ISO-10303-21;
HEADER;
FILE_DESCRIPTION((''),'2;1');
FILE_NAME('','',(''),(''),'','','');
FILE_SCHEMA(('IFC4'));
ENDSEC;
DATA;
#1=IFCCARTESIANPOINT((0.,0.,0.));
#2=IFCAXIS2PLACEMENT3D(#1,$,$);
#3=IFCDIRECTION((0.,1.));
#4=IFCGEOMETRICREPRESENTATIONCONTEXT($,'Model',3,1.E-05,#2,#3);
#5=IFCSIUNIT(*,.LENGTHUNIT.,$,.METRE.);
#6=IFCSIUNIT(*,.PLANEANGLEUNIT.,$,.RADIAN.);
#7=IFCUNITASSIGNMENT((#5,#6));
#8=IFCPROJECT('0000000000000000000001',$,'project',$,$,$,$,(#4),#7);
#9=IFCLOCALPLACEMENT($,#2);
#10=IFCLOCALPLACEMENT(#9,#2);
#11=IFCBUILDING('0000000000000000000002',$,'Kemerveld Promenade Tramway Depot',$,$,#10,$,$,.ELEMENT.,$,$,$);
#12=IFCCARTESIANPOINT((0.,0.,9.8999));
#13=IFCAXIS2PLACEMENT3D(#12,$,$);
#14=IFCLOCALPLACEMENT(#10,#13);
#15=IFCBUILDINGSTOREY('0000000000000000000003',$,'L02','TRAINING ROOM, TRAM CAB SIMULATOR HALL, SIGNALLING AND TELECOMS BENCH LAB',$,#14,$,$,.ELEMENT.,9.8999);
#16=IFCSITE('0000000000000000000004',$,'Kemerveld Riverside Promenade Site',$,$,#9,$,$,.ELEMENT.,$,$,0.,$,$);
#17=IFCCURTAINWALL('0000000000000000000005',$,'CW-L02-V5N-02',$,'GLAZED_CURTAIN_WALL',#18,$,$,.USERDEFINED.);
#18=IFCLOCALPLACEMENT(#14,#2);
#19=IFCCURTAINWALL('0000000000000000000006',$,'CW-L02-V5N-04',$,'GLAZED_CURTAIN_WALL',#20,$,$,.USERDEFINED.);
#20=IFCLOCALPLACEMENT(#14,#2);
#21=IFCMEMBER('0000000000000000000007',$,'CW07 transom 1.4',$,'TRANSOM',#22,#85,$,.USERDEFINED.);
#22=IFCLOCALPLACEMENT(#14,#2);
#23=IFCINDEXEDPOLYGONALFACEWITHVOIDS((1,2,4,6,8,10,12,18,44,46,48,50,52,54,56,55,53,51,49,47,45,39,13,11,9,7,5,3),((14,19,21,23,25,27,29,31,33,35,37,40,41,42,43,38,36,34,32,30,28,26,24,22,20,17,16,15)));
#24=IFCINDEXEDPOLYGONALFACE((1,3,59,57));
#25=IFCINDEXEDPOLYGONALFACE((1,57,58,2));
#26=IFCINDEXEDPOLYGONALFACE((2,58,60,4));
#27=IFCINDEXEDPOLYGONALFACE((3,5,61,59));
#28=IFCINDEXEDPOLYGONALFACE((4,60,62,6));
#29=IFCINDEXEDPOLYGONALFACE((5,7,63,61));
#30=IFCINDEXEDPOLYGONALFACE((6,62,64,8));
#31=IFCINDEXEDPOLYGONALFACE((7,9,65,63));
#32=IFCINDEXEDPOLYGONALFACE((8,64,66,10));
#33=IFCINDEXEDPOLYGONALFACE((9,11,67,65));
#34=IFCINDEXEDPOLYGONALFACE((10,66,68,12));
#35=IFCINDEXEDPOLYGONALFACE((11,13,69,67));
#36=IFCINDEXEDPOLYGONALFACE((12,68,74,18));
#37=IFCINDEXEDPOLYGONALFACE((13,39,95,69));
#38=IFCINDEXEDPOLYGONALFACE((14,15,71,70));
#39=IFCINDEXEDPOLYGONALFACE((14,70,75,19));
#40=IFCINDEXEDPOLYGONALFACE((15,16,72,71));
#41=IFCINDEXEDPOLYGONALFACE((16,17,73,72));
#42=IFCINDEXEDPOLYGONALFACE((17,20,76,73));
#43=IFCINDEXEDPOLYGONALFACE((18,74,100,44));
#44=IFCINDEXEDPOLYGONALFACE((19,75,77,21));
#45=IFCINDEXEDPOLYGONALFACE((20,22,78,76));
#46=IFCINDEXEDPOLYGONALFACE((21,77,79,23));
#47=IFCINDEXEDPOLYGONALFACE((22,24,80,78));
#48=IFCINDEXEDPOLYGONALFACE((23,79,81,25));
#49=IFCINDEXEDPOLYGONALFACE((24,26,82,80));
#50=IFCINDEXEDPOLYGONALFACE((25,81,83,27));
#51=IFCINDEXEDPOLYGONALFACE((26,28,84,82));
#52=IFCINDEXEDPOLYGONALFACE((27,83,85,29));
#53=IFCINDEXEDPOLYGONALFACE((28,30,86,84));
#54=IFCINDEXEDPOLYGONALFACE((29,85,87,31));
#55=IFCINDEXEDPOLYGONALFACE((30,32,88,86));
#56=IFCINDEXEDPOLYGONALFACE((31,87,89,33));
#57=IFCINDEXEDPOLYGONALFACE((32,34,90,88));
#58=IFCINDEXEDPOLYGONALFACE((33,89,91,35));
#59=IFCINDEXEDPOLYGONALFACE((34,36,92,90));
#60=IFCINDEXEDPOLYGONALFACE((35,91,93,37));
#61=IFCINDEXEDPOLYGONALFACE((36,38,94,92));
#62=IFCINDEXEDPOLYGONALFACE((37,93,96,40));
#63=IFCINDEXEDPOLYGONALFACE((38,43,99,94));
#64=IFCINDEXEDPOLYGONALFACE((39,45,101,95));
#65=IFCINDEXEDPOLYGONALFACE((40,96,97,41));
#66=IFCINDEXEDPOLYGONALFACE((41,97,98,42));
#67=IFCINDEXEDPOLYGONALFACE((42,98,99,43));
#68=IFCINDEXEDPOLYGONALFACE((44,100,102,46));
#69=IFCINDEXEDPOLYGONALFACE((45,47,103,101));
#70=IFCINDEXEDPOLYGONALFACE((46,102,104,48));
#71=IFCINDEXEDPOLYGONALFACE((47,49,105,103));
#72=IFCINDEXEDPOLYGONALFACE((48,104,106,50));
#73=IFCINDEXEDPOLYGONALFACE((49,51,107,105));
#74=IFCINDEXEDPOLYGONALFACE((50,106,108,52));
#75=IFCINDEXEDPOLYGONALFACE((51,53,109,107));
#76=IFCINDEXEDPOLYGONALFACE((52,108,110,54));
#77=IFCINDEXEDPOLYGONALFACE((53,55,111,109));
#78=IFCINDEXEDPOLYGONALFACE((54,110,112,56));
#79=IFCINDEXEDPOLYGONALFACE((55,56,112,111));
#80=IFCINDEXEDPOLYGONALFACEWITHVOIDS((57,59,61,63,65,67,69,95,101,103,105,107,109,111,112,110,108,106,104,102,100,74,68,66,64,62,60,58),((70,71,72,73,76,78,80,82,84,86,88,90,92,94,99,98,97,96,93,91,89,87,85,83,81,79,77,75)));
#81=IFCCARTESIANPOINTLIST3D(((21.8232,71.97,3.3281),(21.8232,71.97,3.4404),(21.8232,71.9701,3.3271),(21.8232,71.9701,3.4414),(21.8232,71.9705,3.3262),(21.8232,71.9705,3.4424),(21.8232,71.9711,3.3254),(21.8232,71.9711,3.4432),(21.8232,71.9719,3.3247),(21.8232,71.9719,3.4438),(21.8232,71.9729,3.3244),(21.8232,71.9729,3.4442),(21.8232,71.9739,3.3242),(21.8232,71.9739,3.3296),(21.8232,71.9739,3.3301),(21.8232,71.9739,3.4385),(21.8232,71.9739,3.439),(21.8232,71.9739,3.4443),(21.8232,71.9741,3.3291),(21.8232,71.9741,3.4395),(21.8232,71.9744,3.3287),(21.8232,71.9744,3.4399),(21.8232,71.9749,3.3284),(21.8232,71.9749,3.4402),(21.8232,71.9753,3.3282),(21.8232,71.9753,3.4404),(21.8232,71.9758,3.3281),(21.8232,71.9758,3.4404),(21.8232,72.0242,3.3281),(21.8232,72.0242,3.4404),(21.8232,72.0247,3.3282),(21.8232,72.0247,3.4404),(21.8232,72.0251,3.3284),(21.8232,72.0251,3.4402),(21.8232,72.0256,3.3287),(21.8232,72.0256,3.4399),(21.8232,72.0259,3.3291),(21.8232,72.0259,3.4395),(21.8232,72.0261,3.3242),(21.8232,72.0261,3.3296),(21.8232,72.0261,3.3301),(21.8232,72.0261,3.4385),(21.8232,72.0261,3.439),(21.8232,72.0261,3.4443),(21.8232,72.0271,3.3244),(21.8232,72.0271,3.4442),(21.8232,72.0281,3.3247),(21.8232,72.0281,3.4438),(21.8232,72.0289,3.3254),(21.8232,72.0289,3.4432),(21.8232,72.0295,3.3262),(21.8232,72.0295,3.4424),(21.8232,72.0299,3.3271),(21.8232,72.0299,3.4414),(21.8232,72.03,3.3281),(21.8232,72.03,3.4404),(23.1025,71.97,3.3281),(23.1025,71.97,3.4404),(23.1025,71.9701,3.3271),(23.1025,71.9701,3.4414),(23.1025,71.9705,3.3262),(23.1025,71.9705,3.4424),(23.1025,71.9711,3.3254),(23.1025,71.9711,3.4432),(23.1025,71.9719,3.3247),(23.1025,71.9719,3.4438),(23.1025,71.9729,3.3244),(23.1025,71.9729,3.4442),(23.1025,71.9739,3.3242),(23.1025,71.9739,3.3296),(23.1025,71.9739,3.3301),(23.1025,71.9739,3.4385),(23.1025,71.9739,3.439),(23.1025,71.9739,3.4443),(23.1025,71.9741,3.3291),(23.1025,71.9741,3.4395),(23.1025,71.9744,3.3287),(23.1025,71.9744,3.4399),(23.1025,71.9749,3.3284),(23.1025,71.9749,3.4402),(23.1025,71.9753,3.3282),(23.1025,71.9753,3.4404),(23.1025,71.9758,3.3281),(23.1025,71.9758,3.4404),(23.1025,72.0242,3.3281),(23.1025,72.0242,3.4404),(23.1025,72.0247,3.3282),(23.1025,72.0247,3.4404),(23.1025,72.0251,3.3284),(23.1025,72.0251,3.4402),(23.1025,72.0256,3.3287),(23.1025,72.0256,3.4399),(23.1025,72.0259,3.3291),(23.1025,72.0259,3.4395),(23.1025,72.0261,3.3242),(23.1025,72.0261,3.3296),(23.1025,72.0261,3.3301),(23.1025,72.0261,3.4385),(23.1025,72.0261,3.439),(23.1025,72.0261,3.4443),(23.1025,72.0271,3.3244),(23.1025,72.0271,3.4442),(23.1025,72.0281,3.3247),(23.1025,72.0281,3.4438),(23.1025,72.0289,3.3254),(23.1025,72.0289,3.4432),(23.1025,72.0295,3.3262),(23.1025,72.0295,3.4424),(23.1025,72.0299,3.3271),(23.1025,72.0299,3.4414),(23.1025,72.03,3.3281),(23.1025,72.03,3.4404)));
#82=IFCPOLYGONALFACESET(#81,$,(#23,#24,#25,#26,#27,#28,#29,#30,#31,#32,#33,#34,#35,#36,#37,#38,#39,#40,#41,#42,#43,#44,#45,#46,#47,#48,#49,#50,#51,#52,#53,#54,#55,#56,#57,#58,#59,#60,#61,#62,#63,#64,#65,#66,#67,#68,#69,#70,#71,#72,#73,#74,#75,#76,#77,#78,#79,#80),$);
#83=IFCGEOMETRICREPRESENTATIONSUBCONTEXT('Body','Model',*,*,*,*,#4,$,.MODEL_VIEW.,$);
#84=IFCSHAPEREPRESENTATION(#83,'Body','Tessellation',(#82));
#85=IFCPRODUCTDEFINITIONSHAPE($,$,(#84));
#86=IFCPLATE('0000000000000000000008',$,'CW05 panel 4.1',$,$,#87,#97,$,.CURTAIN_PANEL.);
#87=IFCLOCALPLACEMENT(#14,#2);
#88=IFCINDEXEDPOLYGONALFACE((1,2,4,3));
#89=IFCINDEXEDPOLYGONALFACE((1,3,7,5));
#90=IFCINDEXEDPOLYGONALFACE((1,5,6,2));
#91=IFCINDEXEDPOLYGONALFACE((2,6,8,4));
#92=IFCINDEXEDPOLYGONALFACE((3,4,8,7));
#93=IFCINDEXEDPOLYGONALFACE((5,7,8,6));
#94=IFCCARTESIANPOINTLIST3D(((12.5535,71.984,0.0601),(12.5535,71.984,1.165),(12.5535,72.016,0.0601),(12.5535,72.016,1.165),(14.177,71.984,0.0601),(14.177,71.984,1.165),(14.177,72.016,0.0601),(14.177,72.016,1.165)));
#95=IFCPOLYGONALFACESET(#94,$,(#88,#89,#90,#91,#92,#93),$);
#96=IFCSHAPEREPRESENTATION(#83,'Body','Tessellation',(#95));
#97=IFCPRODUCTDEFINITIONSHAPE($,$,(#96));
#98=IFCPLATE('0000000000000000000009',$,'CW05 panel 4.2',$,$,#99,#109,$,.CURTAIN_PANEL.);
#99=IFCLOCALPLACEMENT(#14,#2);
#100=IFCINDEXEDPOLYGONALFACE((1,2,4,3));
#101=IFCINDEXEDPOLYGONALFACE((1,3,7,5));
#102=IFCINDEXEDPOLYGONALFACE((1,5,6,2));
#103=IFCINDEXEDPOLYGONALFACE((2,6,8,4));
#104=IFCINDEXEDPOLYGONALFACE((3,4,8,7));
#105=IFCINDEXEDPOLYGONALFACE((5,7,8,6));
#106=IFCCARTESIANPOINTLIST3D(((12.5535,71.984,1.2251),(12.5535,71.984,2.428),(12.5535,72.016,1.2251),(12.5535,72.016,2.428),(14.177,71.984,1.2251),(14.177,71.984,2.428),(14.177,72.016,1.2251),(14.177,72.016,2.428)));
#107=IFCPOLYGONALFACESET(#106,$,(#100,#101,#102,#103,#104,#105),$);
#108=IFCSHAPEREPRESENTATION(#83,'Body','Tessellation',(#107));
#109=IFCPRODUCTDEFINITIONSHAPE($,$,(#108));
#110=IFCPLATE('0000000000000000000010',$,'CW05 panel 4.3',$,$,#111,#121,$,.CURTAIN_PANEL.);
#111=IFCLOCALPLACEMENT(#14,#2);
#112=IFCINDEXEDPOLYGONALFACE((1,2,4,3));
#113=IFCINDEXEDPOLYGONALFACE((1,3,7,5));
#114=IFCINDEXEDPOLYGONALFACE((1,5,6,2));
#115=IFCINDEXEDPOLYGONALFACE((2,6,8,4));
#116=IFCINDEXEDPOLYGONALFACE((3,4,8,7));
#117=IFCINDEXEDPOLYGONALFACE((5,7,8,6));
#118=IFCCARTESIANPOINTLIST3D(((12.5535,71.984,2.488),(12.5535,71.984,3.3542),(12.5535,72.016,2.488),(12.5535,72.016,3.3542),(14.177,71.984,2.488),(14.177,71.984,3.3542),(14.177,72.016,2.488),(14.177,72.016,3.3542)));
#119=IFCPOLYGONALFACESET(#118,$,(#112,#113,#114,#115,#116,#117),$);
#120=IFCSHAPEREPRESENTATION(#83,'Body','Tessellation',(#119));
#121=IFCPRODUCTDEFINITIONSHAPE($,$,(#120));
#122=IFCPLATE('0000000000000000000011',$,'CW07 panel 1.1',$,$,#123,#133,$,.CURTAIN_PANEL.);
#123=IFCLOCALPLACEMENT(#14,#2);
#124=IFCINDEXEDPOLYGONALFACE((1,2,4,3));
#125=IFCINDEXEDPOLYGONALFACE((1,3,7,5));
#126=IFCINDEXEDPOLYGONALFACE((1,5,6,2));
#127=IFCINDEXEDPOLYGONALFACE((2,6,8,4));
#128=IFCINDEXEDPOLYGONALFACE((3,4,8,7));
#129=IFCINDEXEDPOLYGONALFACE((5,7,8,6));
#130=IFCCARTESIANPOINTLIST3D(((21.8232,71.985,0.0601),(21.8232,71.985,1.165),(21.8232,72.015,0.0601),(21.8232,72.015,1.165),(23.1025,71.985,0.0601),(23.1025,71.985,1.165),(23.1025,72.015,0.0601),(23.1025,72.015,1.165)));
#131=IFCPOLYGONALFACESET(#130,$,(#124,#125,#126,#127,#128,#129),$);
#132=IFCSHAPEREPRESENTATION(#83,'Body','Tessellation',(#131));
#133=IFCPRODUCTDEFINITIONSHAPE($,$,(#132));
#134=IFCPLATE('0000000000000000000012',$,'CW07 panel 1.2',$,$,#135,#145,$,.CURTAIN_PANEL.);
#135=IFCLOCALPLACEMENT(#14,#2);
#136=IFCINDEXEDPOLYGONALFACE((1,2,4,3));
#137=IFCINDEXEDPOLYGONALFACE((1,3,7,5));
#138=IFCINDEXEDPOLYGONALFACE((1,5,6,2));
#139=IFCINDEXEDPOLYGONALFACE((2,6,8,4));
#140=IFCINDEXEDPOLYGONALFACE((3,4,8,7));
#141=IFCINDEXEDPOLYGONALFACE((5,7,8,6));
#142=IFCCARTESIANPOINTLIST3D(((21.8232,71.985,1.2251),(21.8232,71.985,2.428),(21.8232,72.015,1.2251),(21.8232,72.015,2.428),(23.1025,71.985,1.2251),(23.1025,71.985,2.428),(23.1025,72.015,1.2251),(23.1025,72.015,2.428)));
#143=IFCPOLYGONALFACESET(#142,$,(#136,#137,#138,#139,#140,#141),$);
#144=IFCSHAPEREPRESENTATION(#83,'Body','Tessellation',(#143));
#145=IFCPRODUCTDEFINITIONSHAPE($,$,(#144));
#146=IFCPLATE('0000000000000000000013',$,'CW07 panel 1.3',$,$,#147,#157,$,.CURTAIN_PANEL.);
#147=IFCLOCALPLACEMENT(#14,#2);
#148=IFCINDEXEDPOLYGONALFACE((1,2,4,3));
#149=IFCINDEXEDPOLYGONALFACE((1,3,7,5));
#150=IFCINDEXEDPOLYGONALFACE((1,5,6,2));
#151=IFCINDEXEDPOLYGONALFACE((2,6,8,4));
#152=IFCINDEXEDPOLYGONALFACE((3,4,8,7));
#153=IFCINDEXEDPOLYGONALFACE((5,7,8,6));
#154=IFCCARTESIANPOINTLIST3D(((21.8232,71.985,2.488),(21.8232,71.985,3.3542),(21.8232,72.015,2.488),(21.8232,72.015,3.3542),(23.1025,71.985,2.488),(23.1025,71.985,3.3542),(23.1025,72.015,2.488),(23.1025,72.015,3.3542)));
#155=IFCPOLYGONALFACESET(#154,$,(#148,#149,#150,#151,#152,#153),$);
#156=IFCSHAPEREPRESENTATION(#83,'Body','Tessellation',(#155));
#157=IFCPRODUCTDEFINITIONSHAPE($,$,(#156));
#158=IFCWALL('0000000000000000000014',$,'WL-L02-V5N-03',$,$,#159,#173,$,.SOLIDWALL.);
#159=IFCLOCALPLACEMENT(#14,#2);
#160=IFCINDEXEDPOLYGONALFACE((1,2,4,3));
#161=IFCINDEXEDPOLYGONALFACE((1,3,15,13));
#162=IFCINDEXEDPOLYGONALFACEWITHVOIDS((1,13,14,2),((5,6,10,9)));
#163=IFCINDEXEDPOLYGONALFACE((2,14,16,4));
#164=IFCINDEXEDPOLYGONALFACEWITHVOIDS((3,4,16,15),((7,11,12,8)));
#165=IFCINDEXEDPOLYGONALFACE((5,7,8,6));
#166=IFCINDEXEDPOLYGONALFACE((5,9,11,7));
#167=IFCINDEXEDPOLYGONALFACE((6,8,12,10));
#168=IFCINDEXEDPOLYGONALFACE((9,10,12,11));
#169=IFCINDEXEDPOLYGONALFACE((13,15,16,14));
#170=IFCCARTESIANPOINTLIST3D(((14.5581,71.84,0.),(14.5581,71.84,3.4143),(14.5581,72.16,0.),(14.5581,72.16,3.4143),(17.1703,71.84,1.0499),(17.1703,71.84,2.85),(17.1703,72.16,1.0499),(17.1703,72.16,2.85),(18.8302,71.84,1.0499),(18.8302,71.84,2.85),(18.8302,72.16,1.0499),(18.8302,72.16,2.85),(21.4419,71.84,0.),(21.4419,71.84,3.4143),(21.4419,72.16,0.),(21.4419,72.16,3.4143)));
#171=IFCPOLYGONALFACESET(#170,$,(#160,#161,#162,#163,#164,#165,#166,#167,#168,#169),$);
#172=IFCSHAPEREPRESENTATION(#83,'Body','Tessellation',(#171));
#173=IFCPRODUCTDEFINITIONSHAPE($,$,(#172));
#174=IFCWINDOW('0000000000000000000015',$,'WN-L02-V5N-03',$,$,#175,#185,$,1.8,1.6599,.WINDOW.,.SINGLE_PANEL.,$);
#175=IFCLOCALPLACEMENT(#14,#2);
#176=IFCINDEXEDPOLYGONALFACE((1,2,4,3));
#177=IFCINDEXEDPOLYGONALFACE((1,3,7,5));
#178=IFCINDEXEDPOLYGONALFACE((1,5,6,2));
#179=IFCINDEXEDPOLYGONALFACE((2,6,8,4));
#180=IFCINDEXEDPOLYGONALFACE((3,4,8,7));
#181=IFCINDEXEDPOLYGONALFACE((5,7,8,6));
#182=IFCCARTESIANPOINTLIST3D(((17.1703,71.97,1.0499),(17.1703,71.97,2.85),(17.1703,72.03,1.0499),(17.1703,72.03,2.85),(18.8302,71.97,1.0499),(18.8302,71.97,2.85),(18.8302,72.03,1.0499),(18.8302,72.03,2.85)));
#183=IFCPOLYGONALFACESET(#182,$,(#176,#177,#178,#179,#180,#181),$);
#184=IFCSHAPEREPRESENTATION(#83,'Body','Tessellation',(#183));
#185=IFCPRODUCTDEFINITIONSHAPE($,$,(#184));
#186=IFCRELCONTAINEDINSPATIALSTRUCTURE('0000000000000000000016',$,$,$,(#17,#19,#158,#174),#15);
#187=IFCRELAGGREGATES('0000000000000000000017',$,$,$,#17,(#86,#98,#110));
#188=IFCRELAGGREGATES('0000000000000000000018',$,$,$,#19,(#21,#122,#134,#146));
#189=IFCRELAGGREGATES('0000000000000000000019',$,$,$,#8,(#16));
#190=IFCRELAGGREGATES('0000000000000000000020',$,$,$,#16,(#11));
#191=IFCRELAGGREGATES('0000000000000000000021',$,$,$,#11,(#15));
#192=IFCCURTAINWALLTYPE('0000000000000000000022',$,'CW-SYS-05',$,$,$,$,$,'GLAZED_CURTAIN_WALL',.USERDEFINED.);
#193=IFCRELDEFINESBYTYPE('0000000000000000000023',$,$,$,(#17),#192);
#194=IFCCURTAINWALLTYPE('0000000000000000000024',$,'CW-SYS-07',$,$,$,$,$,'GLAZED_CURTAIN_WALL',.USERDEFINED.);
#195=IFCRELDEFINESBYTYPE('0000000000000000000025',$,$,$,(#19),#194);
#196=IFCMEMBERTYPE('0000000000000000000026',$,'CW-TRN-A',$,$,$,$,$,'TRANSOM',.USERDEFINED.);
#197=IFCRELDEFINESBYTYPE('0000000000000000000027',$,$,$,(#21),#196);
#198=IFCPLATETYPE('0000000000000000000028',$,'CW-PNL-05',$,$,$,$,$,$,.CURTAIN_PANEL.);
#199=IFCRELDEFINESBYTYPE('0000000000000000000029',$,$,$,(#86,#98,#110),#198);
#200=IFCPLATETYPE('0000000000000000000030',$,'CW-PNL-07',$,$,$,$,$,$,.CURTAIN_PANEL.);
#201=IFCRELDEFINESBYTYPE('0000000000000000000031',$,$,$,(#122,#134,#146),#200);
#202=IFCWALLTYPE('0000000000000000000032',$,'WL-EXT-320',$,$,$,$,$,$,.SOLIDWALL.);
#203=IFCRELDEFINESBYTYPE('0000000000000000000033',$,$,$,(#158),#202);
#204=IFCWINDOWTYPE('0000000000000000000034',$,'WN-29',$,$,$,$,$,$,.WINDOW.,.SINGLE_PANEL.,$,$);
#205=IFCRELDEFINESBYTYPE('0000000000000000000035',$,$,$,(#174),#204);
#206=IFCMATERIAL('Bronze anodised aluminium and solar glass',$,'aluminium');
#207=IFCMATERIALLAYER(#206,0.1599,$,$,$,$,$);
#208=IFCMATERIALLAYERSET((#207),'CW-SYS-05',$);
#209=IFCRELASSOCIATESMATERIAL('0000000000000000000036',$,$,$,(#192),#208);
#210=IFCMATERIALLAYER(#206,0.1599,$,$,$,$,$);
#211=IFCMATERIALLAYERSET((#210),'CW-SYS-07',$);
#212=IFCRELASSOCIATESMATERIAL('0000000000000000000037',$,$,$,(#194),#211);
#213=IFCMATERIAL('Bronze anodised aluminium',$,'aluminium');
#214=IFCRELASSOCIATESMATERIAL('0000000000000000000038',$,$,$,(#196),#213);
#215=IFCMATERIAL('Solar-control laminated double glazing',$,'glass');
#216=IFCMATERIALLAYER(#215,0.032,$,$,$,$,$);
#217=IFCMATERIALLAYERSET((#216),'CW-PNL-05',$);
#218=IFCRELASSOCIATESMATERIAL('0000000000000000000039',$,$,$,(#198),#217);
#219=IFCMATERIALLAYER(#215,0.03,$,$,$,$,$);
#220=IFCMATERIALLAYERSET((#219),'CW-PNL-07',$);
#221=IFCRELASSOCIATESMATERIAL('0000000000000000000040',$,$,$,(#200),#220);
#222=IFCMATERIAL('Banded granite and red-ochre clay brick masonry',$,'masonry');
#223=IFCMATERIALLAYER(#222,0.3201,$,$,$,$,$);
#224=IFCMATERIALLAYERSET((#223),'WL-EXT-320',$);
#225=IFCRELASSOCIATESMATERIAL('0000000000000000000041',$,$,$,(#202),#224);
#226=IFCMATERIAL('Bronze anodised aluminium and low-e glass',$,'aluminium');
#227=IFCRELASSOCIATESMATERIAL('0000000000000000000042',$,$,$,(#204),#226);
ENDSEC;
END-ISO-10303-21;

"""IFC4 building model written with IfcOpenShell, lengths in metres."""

from ifc_helpers import new_model, si_unit, direction, frame, frame_2d, origin, origin_2d, place, context, subcontext, project, spatial, rectangle, hollow_rectangle, extrude, material, layer, layer_set, material_profile, profile_set, type_object, element, fill, aggregate, save


model = new_model("IFC4")

# Units and contexts
model_context = context("Model", 3, precision=1e-05, world=origin(), true_north=direction((0.0, 1.0)))
body_context = subcontext(model_context, "Body", "Model", "MODEL_VIEW")
ifc_project = project(units=[si_unit("LENGTHUNIT", "METRE"), si_unit("PLANEANGLEUNIT", "RADIAN")], contexts=[model_context])

# Site, building, storey
site_placement = place(None, origin())
site = spatial("IfcSite", under=ifc_project, at=site_placement, Name="Kemerveld Riverside Promenade Site", CompositionType="ELEMENT", RefElevation=0.0)
building_placement = place(site_placement, origin())
building = spatial("IfcBuilding", under=site, at=building_placement, Name="Kemerveld Promenade Tramway Depot", CompositionType="ELEMENT")
storey_placement = place(building_placement, frame((0.0, 0.0, 9.8999)))
storey = spatial("IfcBuildingStorey", under=building, at=storey_placement, Name="L02", Description="TRAINING ROOM, TRAM CAB SIMULATOR HALL, SIGNALLING AND TELECOMS BENCH LAB", CompositionType="ELEMENT", Elevation=9.8999)

# Curtain walls
ifc_material_1 = material(Name="Bronze anodised aluminium and solar glass", Category="aluminium")
ifc_layer_1 = layer(ifc_material_1, 0.1599)
ifc_layer_set_1 = layer_set([ifc_layer_1], Name="CW-SYS-05")
curtain_wall_type_1 = type_object("IfcCurtainWallType", Name="CW-SYS-05", ElementType="GLAZED_CURTAIN_WALL", PredefinedType="USERDEFINED", material=ifc_layer_set_1)
curtain_wall_1_placement = place(storey_placement, origin())
curtain_wall_1 = element("IfcCurtainWall", 1, at=curtain_wall_1_placement, inside=storey, type_object=curtain_wall_type_1, Name="CW-L02-V5N-02", ObjectType="GLAZED_CURTAIN_WALL", PredefinedType="USERDEFINED")
ifc_material_2 = material(Name="Bronze anodised aluminium", Category="aluminium")
ifc_layer_2 = layer(ifc_material_1, 0.1599)
ifc_layer_set_2 = layer_set([ifc_layer_2], Name="CW-SYS-07")
curtain_wall_type_2 = type_object("IfcCurtainWallType", Name="CW-SYS-07", ElementType="GLAZED_CURTAIN_WALL", PredefinedType="USERDEFINED", material=ifc_layer_set_2)
curtain_wall_2_placement = place(storey_placement, origin())
curtain_wall_2 = element("IfcCurtainWall", 2, at=curtain_wall_2_placement, inside=storey, type_object=curtain_wall_type_2, Name="CW-L02-V5N-04", ObjectType="GLAZED_CURTAIN_WALL", PredefinedType="USERDEFINED")

# Member
ifc_material_profile_1 = material_profile(ifc_material_2, hollow_rectangle(XDim=0.0601, YDim=0.1201, WallThickness=0.0039, InnerFilletRadius=0.002, OuterFilletRadius=0.0039, at=origin_2d()), Name="CW-TRN-120x60")
ifc_profile_set_1 = profile_set([ifc_material_profile_1], Name="Bronze anodised aluminium")
member_type_1 = type_object("IfcMemberType", Name="CW-TRN-A", ElementType="TRANSOM", PredefinedType="USERDEFINED", material=ifc_profile_set_1)
member_1_placement = place(storey_placement, frame((21.8232, 72.0, 3.3843), z_axis=(1.0, 0.0, 0.0), x_axis=(0.0, 1.0, 0.0)))
member_1 = element("IfcMember", 3, at=member_1_placement, type_object=member_type_1, Name="CW07 transom 1.4", ObjectType="TRANSOM", PredefinedType="USERDEFINED", context=body_context, shape_type="SweptSolid", body=[
    extrude(hollow_rectangle(XDim=0.0601, YDim=0.1201, WallThickness=0.0039, InnerFilletRadius=0.002, OuterFilletRadius=0.0039, at=origin_2d()), origin(), (0.0, 0.0, 1.0), 1.2793),
])

# Plates
ifc_material_3 = material(Name="Solar-control laminated double glazing", Category="glass")
ifc_layer_3 = layer(ifc_material_3, 0.032)
ifc_layer_set_3 = layer_set([ifc_layer_3], Name="CW-PNL-05")
plate_type_1 = type_object("IfcPlateType", Name="CW-PNL-05", PredefinedType="CURTAIN_PANEL", material=ifc_layer_set_3)
plate_1_placement = place(storey_placement, frame((13.3652, 72.0, 0.0601), z_axis=(0.0, 0.0, 1.0), x_axis=(1.0, 0.0, 0.0)))
plate_1 = element("IfcPlate", 4, at=plate_1_placement, type_object=plate_type_1, Name="CW05 panel 4.1", PredefinedType="CURTAIN_PANEL", context=body_context, shape_type="SweptSolid", body=[
    extrude(rectangle(XDim=1.6235, YDim=0.032, at=origin_2d()), origin(), (0.0, 0.0, 1.0), 1.105),
])
plate_2_placement = place(storey_placement, frame((13.3652, 72.0, 1.2251), z_axis=(0.0, 0.0, 1.0), x_axis=(1.0, 0.0, 0.0)))
plate_2 = element("IfcPlate", 5, at=plate_2_placement, type_object=plate_type_1, Name="CW05 panel 4.2", PredefinedType="CURTAIN_PANEL", context=body_context, shape_type="SweptSolid", body=[
    extrude(rectangle(XDim=1.6235, YDim=0.032, at=origin_2d()), origin(), (0.0, 0.0, 1.0), 1.2029),
])
plate_3_placement = place(storey_placement, frame((13.3652, 72.0, 2.488), z_axis=(0.0, 0.0, 1.0), x_axis=(1.0, 0.0, 0.0)))
plate_3 = element("IfcPlate", 6, at=plate_3_placement, type_object=plate_type_1, Name="CW05 panel 4.3", PredefinedType="CURTAIN_PANEL", context=body_context, shape_type="SweptSolid", body=[
    extrude(rectangle(XDim=1.6235, YDim=0.032, at=origin_2d()), origin(), (0.0, 0.0, 1.0), 0.8662),
])
aggregate(curtain_wall_1, [plate_1, plate_2, plate_3])
ifc_layer_4 = layer(ifc_material_3, 0.03)
ifc_layer_set_4 = layer_set([ifc_layer_4], Name="CW-PNL-07")
plate_type_2 = type_object("IfcPlateType", Name="CW-PNL-07", PredefinedType="CURTAIN_PANEL", material=ifc_layer_set_4)
plate_4_placement = place(storey_placement, frame((22.4629, 72.0, 0.0601), z_axis=(0.0, 0.0, 1.0), x_axis=(1.0, 0.0, 0.0)))
plate_4 = element("IfcPlate", 7, at=plate_4_placement, type_object=plate_type_2, Name="CW07 panel 1.1", PredefinedType="CURTAIN_PANEL", context=body_context, shape_type="SweptSolid", body=[
    extrude(rectangle(XDim=1.2793, YDim=0.03, at=origin_2d()), origin(), (0.0, 0.0, 1.0), 1.105),
])
plate_5_placement = place(storey_placement, frame((22.4629, 72.0, 1.2251), z_axis=(0.0, 0.0, 1.0), x_axis=(1.0, 0.0, 0.0)))
plate_5 = element("IfcPlate", 8, at=plate_5_placement, type_object=plate_type_2, Name="CW07 panel 1.2", PredefinedType="CURTAIN_PANEL", context=body_context, shape_type="SweptSolid", body=[
    extrude(rectangle(XDim=1.2793, YDim=0.03, at=origin_2d()), origin(), (0.0, 0.0, 1.0), 1.2029),
])
plate_6_placement = place(storey_placement, frame((22.4629, 72.0, 2.488), z_axis=(0.0, 0.0, 1.0), x_axis=(1.0, 0.0, 0.0)))
plate_6 = element("IfcPlate", 9, at=plate_6_placement, type_object=plate_type_2, Name="CW07 panel 1.3", PredefinedType="CURTAIN_PANEL", context=body_context, shape_type="SweptSolid", body=[
    extrude(rectangle(XDim=1.2793, YDim=0.03, at=origin_2d()), origin(), (0.0, 0.0, 1.0), 0.8662),
])
aggregate(curtain_wall_2, [member_1, plate_4, plate_5, plate_6])

# Wall, opening, window
ifc_material_4 = material(Name="Banded granite and red-ochre clay brick masonry", Category="masonry")
ifc_layer_5 = layer(ifc_material_4, 0.3201)
ifc_layer_set_5 = layer_set([ifc_layer_5], Name="WL-EXT-320")
wall_type = type_object("IfcWallType", Name="WL-EXT-320", PredefinedType="SOLIDWALL", material=ifc_layer_set_5)
wall_placement = place(storey_placement, frame((14.5581, 72.0, 0.0), z_axis=(0.0, 0.0, 1.0), x_axis=(1.0, 0.0, 0.0)))
wall = element("IfcWall", 10, at=wall_placement, inside=storey, type_object=wall_type, Name="WL-L02-V5N-03", PredefinedType="SOLIDWALL", context=body_context, shape_type="SweptSolid", body=[
    extrude(rectangle(XDim=6.8838, YDim=0.3201, at=frame_2d((3.4419, 0.0))), origin(), (0.0, 0.0, 1.0), 3.4143),
])
opening_placement = place(wall_placement, frame((2.6121, 0.0, 1.05)))
opening = element("IfcOpeningElement", 11, at=opening_placement, cuts=wall, PredefinedType="OPENING", context=body_context, shape_type="SweptSolid", body=[
    extrude(rectangle(XDim=1.6599, YDim=1.8, at=frame_2d((0.8301, 0.8999))), frame((0.0, 0.1699, 0.0), z_axis=(0.0, -1.0, 0.0), x_axis=(1.0, 0.0, 0.0)), (0.0, 0.0, 1.0), 0.3401),
])
ifc_material_5 = material(Name="Bronze anodised aluminium and low-e glass", Category="aluminium")
window_type = type_object("IfcWindowType", Name="WN-29", PartitioningType="SINGLE_PANEL", PredefinedType="WINDOW", material=ifc_material_5)
window_placement = place(opening_placement, origin())
window = element("IfcWindow", 12, at=window_placement, inside=storey, type_object=window_type, Name="WN-L02-V5N-03", OverallHeight=1.8, OverallWidth=1.6599, PartitioningType="SINGLE_PANEL", PredefinedType="WINDOW", context=body_context, shape_type="SweptSolid", body=[
    extrude(rectangle(XDim=1.6599, YDim=1.8, at=frame_2d((0.8301, 0.8999))), frame((0.0, 0.03, 0.0), z_axis=(0.0, -1.0, 0.0), x_axis=(1.0, 0.0, 0.0)), (0.0, 0.0, 1.0), 0.0601),
])
fill(opening, window)

save(model, "model.ifc")
